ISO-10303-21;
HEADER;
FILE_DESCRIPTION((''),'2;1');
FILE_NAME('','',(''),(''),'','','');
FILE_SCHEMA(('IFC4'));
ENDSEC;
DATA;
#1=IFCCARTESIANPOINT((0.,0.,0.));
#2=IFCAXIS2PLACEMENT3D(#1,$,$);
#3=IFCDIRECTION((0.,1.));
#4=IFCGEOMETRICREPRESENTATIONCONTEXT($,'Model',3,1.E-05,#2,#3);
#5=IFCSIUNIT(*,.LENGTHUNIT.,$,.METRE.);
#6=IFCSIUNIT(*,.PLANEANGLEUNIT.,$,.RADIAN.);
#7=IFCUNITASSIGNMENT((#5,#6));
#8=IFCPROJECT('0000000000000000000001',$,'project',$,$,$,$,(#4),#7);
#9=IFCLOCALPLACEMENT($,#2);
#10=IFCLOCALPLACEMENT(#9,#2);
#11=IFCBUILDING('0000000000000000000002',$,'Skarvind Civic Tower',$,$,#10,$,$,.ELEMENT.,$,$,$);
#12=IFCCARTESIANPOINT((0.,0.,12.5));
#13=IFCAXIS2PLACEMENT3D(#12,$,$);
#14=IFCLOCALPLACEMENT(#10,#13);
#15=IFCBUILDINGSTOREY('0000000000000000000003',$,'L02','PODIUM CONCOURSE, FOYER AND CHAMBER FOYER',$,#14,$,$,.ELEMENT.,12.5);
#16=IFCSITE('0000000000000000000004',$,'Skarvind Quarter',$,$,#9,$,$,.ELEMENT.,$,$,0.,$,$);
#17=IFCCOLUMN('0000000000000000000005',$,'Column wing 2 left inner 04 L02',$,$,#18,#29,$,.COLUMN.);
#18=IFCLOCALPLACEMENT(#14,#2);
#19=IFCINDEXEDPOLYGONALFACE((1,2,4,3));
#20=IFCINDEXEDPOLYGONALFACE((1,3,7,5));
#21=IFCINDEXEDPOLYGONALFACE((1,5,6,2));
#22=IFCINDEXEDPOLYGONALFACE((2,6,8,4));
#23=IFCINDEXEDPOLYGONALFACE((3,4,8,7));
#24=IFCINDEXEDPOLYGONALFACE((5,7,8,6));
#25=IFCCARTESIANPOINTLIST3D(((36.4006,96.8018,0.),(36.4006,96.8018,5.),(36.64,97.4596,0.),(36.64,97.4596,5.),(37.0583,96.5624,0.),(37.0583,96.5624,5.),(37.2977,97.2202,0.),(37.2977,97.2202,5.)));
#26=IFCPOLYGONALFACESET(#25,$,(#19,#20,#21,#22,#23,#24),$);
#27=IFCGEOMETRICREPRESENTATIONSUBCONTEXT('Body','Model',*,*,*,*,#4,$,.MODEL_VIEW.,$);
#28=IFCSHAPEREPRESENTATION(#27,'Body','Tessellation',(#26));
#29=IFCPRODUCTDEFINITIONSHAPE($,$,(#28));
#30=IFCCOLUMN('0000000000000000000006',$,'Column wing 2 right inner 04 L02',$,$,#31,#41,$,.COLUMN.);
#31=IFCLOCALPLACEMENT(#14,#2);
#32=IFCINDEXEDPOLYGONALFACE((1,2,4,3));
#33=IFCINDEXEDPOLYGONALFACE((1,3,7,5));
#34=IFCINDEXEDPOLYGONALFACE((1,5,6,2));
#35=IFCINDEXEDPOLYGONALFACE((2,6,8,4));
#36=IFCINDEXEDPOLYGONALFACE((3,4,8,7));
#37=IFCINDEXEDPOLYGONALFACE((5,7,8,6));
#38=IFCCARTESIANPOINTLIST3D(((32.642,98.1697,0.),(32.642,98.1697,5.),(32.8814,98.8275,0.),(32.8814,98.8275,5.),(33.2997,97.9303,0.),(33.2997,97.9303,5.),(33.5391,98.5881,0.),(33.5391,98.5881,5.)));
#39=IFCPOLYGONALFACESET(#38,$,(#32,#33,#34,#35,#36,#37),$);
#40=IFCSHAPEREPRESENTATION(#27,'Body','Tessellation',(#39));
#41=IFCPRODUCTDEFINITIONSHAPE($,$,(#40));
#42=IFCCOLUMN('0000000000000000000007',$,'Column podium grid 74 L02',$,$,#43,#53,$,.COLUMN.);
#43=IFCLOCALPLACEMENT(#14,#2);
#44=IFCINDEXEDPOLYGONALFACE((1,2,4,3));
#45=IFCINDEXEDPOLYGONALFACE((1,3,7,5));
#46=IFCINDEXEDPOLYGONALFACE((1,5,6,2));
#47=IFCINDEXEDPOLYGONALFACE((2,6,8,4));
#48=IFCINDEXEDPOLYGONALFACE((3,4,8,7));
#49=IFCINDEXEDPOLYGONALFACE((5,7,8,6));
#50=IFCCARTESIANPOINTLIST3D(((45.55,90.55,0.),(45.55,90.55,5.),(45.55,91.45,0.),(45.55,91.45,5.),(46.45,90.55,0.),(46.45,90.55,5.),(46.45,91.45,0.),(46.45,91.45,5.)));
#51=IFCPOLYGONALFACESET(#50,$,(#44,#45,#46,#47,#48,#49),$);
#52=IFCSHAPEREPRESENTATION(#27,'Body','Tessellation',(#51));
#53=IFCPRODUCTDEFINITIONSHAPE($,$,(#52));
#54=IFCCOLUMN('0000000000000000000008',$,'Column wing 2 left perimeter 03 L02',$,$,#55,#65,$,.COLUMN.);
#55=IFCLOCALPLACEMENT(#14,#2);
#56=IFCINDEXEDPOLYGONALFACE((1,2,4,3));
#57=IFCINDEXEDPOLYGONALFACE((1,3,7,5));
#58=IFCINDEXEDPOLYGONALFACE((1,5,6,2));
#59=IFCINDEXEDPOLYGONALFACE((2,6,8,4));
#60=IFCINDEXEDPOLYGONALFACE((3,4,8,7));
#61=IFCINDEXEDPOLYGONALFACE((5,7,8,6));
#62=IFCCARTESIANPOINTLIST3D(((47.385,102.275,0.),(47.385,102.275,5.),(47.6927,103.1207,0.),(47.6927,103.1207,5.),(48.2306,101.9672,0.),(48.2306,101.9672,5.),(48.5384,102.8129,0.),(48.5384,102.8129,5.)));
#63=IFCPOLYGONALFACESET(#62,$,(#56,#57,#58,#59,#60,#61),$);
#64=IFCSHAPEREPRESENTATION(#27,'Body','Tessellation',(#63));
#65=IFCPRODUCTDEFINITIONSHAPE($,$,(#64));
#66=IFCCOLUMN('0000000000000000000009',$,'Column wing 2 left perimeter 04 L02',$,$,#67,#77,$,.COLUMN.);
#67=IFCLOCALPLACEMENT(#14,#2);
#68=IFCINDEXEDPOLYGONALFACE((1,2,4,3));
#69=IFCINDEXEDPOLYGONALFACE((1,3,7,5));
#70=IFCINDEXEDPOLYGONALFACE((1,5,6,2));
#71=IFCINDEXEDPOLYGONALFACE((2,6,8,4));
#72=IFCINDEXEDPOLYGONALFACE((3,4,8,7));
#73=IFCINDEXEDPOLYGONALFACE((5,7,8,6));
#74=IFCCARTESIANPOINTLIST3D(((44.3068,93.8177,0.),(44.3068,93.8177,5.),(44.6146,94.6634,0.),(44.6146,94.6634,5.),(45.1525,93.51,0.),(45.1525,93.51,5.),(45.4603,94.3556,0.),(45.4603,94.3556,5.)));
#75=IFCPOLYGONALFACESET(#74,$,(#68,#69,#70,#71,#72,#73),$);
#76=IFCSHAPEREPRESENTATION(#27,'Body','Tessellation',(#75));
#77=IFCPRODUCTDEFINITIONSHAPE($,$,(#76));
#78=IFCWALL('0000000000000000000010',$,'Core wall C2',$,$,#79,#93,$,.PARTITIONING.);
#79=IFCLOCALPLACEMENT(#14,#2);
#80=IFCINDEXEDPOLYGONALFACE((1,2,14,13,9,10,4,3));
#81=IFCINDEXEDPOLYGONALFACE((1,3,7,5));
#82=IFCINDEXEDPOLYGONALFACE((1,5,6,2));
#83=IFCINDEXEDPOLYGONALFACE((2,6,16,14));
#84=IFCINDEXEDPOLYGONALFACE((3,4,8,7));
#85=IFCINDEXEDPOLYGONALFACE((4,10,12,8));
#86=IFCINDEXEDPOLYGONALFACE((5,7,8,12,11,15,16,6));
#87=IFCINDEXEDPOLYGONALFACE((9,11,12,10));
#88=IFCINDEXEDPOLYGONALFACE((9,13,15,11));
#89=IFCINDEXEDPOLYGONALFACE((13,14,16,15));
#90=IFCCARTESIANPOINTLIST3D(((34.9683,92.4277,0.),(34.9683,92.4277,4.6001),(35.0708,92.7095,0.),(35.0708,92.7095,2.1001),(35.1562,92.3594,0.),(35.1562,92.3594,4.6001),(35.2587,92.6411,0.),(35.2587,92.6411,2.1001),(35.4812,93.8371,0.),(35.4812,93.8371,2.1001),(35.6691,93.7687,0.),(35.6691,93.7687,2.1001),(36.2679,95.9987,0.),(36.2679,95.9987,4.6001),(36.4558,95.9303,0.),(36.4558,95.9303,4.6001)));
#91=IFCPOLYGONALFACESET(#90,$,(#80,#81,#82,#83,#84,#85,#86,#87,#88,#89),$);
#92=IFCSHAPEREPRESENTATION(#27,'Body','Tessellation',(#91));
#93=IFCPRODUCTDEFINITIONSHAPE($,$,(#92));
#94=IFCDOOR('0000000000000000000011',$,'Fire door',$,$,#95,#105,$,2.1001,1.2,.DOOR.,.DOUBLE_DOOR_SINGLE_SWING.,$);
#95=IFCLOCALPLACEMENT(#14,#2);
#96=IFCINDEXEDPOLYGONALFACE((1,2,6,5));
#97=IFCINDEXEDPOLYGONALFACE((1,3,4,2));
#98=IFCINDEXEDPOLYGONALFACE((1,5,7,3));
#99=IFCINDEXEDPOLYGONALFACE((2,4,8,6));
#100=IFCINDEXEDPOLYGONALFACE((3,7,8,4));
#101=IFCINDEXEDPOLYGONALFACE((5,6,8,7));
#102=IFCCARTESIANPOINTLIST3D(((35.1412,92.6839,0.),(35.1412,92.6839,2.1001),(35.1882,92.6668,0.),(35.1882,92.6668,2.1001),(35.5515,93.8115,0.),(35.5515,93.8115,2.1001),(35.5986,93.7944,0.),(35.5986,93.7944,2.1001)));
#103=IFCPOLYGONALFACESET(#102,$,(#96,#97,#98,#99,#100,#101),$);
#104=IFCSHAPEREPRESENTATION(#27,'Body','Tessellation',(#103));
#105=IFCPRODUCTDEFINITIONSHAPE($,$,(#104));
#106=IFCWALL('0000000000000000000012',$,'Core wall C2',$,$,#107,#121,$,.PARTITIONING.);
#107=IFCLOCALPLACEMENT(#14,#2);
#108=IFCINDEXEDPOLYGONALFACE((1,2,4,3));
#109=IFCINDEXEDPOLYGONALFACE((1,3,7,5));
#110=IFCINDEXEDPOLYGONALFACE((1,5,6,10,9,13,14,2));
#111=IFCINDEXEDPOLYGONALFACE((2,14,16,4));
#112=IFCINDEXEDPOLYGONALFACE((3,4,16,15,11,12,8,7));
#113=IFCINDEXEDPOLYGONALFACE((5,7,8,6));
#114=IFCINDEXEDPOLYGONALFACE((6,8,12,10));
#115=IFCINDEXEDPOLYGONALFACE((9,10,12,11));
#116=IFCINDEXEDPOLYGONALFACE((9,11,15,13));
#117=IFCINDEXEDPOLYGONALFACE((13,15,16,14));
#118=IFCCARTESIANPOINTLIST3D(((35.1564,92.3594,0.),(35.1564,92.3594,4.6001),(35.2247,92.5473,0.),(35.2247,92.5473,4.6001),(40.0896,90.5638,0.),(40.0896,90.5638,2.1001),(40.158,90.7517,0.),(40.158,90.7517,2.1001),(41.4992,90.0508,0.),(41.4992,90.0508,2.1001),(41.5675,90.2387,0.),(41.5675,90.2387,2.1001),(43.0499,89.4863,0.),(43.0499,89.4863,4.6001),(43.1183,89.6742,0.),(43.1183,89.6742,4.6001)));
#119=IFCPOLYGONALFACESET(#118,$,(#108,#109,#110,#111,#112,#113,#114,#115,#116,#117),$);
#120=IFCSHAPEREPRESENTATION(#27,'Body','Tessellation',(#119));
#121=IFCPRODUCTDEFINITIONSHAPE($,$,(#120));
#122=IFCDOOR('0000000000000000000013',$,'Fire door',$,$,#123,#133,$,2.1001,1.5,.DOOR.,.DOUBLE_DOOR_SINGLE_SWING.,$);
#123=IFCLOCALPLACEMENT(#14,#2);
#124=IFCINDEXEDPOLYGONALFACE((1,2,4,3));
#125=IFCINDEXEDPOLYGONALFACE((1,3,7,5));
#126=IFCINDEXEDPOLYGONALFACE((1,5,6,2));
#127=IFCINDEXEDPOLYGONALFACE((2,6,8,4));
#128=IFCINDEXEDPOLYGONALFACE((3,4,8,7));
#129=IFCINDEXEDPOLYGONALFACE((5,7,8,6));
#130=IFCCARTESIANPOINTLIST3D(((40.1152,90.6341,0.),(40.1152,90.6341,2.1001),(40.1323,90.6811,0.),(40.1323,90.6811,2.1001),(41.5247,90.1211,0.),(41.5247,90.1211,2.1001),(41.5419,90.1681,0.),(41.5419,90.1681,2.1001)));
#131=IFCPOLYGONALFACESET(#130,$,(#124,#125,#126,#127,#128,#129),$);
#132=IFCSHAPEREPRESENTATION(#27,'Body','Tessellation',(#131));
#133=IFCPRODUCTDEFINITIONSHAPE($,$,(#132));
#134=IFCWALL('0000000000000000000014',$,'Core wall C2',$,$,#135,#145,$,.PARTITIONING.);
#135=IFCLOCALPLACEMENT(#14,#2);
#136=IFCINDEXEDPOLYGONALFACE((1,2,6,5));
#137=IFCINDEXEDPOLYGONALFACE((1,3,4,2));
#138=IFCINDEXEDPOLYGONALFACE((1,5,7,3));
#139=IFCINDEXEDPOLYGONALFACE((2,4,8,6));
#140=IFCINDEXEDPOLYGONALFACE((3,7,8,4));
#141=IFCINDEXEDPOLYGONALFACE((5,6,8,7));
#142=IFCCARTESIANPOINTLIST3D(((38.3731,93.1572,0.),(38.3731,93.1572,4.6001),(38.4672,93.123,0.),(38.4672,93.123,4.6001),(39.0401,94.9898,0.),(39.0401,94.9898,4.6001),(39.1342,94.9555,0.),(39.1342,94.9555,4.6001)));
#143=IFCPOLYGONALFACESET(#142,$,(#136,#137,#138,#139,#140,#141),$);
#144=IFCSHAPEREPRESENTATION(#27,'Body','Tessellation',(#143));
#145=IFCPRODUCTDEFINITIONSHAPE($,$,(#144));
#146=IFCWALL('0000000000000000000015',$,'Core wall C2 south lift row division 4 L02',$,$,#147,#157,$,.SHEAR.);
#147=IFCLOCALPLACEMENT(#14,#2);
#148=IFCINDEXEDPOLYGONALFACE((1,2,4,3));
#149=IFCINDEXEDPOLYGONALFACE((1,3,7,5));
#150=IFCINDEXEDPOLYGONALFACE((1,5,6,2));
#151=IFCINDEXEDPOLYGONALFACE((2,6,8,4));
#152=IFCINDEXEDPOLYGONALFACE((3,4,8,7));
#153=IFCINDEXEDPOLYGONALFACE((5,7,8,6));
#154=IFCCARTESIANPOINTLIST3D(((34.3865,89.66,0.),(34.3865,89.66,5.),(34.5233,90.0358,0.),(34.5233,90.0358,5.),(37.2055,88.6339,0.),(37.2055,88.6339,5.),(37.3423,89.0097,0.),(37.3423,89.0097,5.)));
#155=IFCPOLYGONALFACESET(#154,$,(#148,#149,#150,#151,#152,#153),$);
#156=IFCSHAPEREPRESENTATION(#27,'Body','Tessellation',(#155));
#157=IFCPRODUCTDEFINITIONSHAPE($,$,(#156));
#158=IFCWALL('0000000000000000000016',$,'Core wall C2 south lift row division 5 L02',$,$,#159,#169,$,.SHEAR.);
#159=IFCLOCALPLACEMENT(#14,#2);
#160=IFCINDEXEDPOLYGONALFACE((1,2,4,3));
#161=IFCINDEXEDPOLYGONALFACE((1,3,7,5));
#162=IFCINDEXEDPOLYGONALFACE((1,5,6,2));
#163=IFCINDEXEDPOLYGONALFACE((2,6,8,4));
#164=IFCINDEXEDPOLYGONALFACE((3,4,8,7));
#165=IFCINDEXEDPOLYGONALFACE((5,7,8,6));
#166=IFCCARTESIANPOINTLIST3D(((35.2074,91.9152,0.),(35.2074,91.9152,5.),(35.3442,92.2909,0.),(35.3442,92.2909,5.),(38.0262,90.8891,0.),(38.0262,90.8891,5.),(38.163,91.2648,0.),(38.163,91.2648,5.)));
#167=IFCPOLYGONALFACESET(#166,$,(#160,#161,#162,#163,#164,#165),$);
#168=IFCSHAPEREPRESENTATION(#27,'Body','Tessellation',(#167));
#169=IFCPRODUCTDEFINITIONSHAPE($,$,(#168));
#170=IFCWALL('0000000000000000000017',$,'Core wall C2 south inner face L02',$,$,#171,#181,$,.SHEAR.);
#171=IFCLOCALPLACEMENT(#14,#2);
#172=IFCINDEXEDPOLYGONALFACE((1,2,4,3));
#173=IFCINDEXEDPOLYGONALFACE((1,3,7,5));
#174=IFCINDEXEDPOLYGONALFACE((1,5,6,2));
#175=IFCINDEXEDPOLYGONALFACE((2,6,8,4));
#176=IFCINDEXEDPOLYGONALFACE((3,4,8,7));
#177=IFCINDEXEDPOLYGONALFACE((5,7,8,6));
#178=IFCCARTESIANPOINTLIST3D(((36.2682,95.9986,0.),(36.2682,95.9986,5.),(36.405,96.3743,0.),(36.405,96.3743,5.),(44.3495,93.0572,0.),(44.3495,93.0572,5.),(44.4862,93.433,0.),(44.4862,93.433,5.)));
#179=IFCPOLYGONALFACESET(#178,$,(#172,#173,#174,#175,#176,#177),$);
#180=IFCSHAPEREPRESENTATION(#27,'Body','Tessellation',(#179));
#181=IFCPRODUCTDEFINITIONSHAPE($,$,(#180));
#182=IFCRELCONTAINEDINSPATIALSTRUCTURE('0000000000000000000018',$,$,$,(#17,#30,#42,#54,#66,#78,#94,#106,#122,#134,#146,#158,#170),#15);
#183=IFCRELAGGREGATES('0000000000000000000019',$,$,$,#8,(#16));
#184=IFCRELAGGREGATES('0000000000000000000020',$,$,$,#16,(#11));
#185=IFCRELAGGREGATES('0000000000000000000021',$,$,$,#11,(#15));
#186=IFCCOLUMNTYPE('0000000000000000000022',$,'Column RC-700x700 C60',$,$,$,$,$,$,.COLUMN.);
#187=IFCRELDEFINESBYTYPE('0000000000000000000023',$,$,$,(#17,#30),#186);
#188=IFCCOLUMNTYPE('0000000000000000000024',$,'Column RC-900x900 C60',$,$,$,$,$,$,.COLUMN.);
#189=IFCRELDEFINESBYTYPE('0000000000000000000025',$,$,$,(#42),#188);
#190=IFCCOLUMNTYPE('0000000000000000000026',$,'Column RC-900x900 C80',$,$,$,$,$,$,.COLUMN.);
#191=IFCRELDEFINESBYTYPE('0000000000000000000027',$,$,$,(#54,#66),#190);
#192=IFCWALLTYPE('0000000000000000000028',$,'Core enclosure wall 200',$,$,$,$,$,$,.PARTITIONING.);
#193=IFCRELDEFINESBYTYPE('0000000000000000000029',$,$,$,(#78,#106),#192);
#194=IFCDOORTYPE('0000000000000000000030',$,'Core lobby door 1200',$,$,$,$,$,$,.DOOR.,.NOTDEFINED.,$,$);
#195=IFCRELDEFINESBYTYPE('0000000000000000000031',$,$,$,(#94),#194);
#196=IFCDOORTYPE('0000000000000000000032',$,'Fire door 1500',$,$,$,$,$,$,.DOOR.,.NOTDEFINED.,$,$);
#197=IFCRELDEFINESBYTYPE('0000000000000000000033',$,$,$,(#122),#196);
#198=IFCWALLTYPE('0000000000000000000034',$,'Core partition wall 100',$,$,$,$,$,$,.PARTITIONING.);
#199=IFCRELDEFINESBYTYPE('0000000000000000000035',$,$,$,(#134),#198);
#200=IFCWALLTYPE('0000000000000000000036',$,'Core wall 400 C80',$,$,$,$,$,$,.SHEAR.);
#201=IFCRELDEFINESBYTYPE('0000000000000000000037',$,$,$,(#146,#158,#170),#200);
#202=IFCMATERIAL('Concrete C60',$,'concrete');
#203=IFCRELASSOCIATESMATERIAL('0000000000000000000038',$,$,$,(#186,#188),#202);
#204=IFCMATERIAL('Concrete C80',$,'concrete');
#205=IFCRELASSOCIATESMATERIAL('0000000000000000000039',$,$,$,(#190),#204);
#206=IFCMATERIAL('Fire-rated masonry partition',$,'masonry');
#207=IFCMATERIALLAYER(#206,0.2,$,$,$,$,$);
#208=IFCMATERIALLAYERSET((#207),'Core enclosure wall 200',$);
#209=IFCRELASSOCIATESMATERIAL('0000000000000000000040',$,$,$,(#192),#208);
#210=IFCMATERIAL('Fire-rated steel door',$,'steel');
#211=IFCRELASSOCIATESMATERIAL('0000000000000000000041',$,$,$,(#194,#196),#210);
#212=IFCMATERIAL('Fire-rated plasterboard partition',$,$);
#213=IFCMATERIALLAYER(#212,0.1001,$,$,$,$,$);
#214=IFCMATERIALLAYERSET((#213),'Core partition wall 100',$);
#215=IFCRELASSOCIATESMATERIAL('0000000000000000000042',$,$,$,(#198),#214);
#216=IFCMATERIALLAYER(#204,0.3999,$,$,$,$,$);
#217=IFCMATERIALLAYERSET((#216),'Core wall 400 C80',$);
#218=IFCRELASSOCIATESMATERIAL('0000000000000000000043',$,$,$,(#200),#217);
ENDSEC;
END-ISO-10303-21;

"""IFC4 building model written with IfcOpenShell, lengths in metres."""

from ifc_helpers import new_model, si_unit, direction, frame, frame_2d, origin, origin_2d, place, context, subcontext, project, spatial, rectangle, extrude, material, layer, layer_set, material_profile, profile_set, type_object, element, fill, save


model = new_model("IFC4")

# Units and contexts
model_context = context("Model", 3, precision=1e-05, world=origin(), true_north=direction((0.0, 1.0)))
body_context = subcontext(model_context, "Body", "Model", "MODEL_VIEW")
ifc_project = project(units=[si_unit("LENGTHUNIT", "METRE"), si_unit("PLANEANGLEUNIT", "RADIAN")], contexts=[model_context])

# Site, building, storey
site_placement = place(None, origin())
site = spatial("IfcSite", under=ifc_project, at=site_placement, Name="Skarvind Quarter", CompositionType="ELEMENT", RefElevation=0.0)
building_placement = place(site_placement, origin())
building = spatial("IfcBuilding", under=site, at=building_placement, Name="Skarvind Civic Tower", CompositionType="ELEMENT")
storey_placement = place(building_placement, frame((0.0, 0.0, 12.5)))
storey = spatial("IfcBuildingStorey", under=building, at=storey_placement, Name="L02", Description="PODIUM CONCOURSE, FOYER AND CHAMBER FOYER", CompositionType="ELEMENT", Elevation=12.5)

# Columns
ifc_material_1 = material(Name="Concrete C60", Category="concrete")
ifc_material_profile_1 = material_profile(ifc_material_1, rectangle(XDim=0.7, YDim=0.7, at=origin_2d()), Name="RC-700x700")
ifc_profile_set_1 = profile_set([ifc_material_profile_1], Name="Concrete C60")
column_type_1 = type_object("IfcColumnType", Name="Column RC-700x700 C60", PredefinedType="COLUMN", material=ifc_profile_set_1)
for number, where, z_axis, x_axis, name in (
    (1, (36.8491, 97.011, 0.0), (0.0, 0.0, 1.0), (-0.34202, -0.939693, 0.0), "Column wing 2 left inner 04 L02"),
    (2, (33.0906, 98.3789, 0.0), (0.0, 0.0, 1.0), (-0.34202, -0.939693, 0.0), "Column wing 2 right inner 04 L02"),
):
    element("IfcColumn", number, at=place(storey_placement, frame(where, z_axis=z_axis, x_axis=x_axis)), inside=storey, type_object=column_type_1, Name=name, PredefinedType="COLUMN", context=body_context, shape_type="SweptSolid", body=[
        extrude(rectangle(XDim=0.7, YDim=0.7, at=origin_2d()), origin(), (0.0, 0.0, 1.0), 5.0),
    ])
ifc_material_profile_2 = material_profile(ifc_material_1, rectangle(XDim=0.8999, YDim=0.8999, at=origin_2d()), Name="RC-900x900")
ifc_profile_set_2 = profile_set([ifc_material_profile_2], Name="Concrete C60")
column_type_2 = type_object("IfcColumnType", Name="Column RC-900x900 C60", PredefinedType="COLUMN", material=ifc_profile_set_2)
column_placement = place(storey_placement, frame((46.0, 91.0, 0.0), z_axis=(0.0, 0.0, 1.0), x_axis=(1.0, 0.0, 0.0)))
element("IfcColumn", 3, at=column_placement, inside=storey, type_object=column_type_2, Name="Column podium grid 74 L02", PredefinedType="COLUMN", context=body_context, shape_type="SweptSolid", body=[
    extrude(rectangle(XDim=0.8999, YDim=0.8999, at=origin_2d()), origin(), (0.0, 0.0, 1.0), 5.0),
])
ifc_material_2 = material(Name="Concrete C80", Category="concrete")
ifc_material_profile_3 = material_profile(ifc_material_2, rectangle(XDim=0.8999, YDim=0.8999, at=origin_2d()), Name="RC-900x900")
ifc_profile_set_3 = profile_set([ifc_material_profile_3], Name="Concrete C80")
column_type_3 = type_object("IfcColumnType", Name="Column RC-900x900 C80", PredefinedType="COLUMN", material=ifc_profile_set_3)
for number, where, z_axis, x_axis, name in (
    (4, (47.9617, 102.5439, 0.0), (0.0, 0.0, 1.0), (-0.34202, -0.939693, 0.0), "Column wing 2 left perimeter 03 L02"),
    (5, (44.8835, 94.0867, 0.0), (0.0, 0.0, 1.0), (-0.34202, -0.939693, 0.0), "Column wing 2 left perimeter 04 L02"),
):
    element("IfcColumn", number, at=place(storey_placement, frame(where, z_axis=z_axis, x_axis=x_axis)), inside=storey, type_object=column_type_3, Name=name, PredefinedType="COLUMN", context=body_context, shape_type="SweptSolid", body=[
        extrude(rectangle(XDim=0.8999, YDim=0.8999, at=origin_2d()), origin(), (0.0, 0.0, 1.0), 5.0),
    ])

# Walls, openings, doors
ifc_material_3 = material(Name="Fire-rated masonry partition", Category="masonry")
ifc_layer_1 = layer(ifc_material_3, 0.2)
ifc_layer_set_1 = layer_set([ifc_layer_1], Name="Core enclosure wall 200")
wall_type_1 = type_object("IfcWallType", Name="Core enclosure wall 200", PredefinedType="PARTITIONING", material=ifc_layer_set_1)
wall_1_placement = place(storey_placement, frame((36.3618, 95.9644, 0.0), z_axis=(0.0, 0.0, 1.0), x_axis=(-0.341996, -0.939701, 0.0)))
wall_1 = element("IfcWall", 6, at=wall_1_placement, inside=storey, type_object=wall_type_1, Name="Core wall C2", PredefinedType="PARTITIONING", context=body_context, shape_type="SweptSolid", body=[
    extrude(rectangle(XDim=3.8, YDim=0.2, at=frame_2d((1.8999, 0.0))), origin(), (0.0, 0.0, 1.0), 4.6001),
])
opening_1_placement = place(wall_1_placement, frame((2.3, 0.0, 0.0)))
opening_1 = element("IfcOpeningElement", 7, at=opening_1_placement, cuts=wall_1, PredefinedType="OPENING", context=body_context, shape_type="SweptSolid", body=[
    extrude(rectangle(XDim=1.2, YDim=2.1001, at=frame_2d((0.6001, 1.05))), frame((0.0, 0.1099, 0.0), z_axis=(0.0, -1.0, 0.0), x_axis=(1.0, 0.0, 0.0)), (0.0, 0.0, 1.0), 0.22),
])
ifc_material_4 = material(Name="Fire-rated steel door", Category="steel")
door_type_1 = type_object("IfcDoorType", Name="Core lobby door 1200", OperationType="NOTDEFINED", PredefinedType="DOOR", material=ifc_material_4)
door_1_placement = place(opening_1_placement, origin())
door_1 = element("IfcDoor", 8, at=door_1_placement, inside=storey, type_object=door_type_1, Name="Fire door", OperationType="DOUBLE_DOOR_SINGLE_SWING", OverallHeight=2.1001, OverallWidth=1.2, PredefinedType="DOOR", context=body_context, shape_type="SweptSolid", body=[
    extrude(rectangle(XDim=1.2, YDim=2.1001, at=frame_2d((0.6001, 1.05))), frame((0.0, 0.0249, 0.0), z_axis=(0.0, -1.0, 0.0), x_axis=(1.0, 0.0, 0.0)), (0.0, 0.0, 1.0), 0.05),
])
fill(opening_1, door_1)
wall_2_placement = place(storey_placement, frame((35.1904, 92.4534, 0.0), z_axis=(0.0, 0.0, 1.0), x_axis=(0.939692, -0.342023, 0.0)))
wall_2 = element("IfcWall", 9, at=wall_2_placement, inside=storey, type_object=wall_type_1, Name="Core wall C2", PredefinedType="PARTITIONING", context=body_context, shape_type="SweptSolid", body=[
    extrude(rectangle(XDim=8.4001, YDim=0.2, at=frame_2d((4.2002, 0.0))), origin(), (0.0, 0.0, 1.0), 4.6001),
])
opening_2_placement = place(wall_2_placement, frame((5.25, 0.0, 0.0)))
opening_2 = element("IfcOpeningElement", 10, at=opening_2_placement, cuts=wall_2, PredefinedType="OPENING", context=body_context, shape_type="SweptSolid", body=[
    extrude(rectangle(XDim=1.5, YDim=2.1001, at=frame_2d((0.75, 1.05))), frame((0.0, 0.1099, 0.0), z_axis=(0.0, -1.0, 0.0), x_axis=(1.0, 0.0, 0.0)), (0.0, 0.0, 1.0), 0.22),
])
door_type_2 = type_object("IfcDoorType", Name="Fire door 1500", OperationType="NOTDEFINED", PredefinedType="DOOR", material=ifc_material_4)
door_2_placement = place(opening_2_placement, origin())
door_2 = element("IfcDoor", 11, at=door_2_placement, inside=storey, type_object=door_type_2, Name="Fire door", OperationType="DOUBLE_DOOR_SINGLE_SWING", OverallHeight=2.1001, OverallWidth=1.5, PredefinedType="DOOR", context=body_context, shape_type="SweptSolid", body=[
    extrude(rectangle(XDim=1.5, YDim=2.1001, at=frame_2d((0.75, 1.05))), frame((0.0, 0.0249, 0.0), z_axis=(0.0, -1.0, 0.0), x_axis=(1.0, 0.0, 0.0)), (0.0, 0.0, 1.0), 0.05),
])
fill(opening_2, door_2)

# Walls
ifc_material_5 = material(Name="Fire-rated plasterboard partition")
ifc_layer_2 = layer(ifc_material_5, 0.1001)
ifc_layer_set_2 = layer_set([ifc_layer_2], Name="Core partition wall 100")
wall_type_2 = type_object("IfcWallType", Name="Core partition wall 100", PredefinedType="PARTITIONING", material=ifc_layer_set_2)
wall_3_placement = place(storey_placement, frame((39.0872, 94.9727, 0.0), z_axis=(0.0, 0.0, 1.0), x_axis=(-0.342025, -0.939691, 0.0)))
element("IfcWall", 12, at=wall_3_placement, inside=storey, type_object=wall_type_2, Name="Core wall C2", PredefinedType="PARTITIONING", context=body_context, shape_type="SweptSolid", body=[
    extrude(rectangle(XDim=1.9502, YDim=0.1001, at=frame_2d((0.9751, 0.0))), origin(), (0.0, 0.0, 1.0), 4.6001),
])
ifc_layer_3 = layer(ifc_material_2, 0.3999)
ifc_layer_set_3 = layer_set([ifc_layer_3], Name="Core wall 400 C80")
wall_type_3 = type_object("IfcWallType", Name="Core wall 400 C80", PredefinedType="SHEAR", material=ifc_layer_set_3)
wall_4_placement = place(storey_placement, frame((37.2739, 88.8218, 0.0), z_axis=(0.0, 0.0, 1.0), x_axis=(-0.939686, 0.342037, 0.0)))
element("IfcWall", 13, at=wall_4_placement, inside=storey, type_object=wall_type_3, Name="Core wall C2 south lift row division 4 L02", PredefinedType="SHEAR", context=body_context, shape_type="SweptSolid", body=[
    extrude(rectangle(XDim=3.0, YDim=0.3999, at=frame_2d((1.5, 0.0))), origin(), (0.0, 0.0, 1.0), 5.0),
])
wall_5_placement = place(storey_placement, frame((38.0947, 91.0769, 0.0), z_axis=(0.0, 0.0, 1.0), x_axis=(-0.939677, 0.342063, 0.0)))
element("IfcWall", 14, at=wall_5_placement, inside=storey, type_object=wall_type_3, Name="Core wall C2 south lift row division 5 L02", PredefinedType="SHEAR", context=body_context, shape_type="SweptSolid", body=[
    extrude(rectangle(XDim=2.9998, YDim=0.3999, at=frame_2d((1.5, 0.0))), origin(), (0.0, 0.0, 1.0), 5.0),
])
wall_6_placement = place(storey_placement, frame((44.4177, 93.2451, 0.0), z_axis=(0.0, 0.0, 1.0), x_axis=(-0.939691, 0.342026, 0.0)))
element("IfcWall", 15, at=wall_6_placement, inside=storey, type_object=wall_type_3, Name="Core wall C2 south inner face L02", PredefinedType="SHEAR", context=body_context, shape_type="SweptSolid", body=[
    extrude(rectangle(XDim=8.5999, YDim=0.3999, at=frame_2d((4.2998, 0.0))), origin(), (0.0, 0.0, 1.0), 5.0),
])

save(model, "model.ifc")
